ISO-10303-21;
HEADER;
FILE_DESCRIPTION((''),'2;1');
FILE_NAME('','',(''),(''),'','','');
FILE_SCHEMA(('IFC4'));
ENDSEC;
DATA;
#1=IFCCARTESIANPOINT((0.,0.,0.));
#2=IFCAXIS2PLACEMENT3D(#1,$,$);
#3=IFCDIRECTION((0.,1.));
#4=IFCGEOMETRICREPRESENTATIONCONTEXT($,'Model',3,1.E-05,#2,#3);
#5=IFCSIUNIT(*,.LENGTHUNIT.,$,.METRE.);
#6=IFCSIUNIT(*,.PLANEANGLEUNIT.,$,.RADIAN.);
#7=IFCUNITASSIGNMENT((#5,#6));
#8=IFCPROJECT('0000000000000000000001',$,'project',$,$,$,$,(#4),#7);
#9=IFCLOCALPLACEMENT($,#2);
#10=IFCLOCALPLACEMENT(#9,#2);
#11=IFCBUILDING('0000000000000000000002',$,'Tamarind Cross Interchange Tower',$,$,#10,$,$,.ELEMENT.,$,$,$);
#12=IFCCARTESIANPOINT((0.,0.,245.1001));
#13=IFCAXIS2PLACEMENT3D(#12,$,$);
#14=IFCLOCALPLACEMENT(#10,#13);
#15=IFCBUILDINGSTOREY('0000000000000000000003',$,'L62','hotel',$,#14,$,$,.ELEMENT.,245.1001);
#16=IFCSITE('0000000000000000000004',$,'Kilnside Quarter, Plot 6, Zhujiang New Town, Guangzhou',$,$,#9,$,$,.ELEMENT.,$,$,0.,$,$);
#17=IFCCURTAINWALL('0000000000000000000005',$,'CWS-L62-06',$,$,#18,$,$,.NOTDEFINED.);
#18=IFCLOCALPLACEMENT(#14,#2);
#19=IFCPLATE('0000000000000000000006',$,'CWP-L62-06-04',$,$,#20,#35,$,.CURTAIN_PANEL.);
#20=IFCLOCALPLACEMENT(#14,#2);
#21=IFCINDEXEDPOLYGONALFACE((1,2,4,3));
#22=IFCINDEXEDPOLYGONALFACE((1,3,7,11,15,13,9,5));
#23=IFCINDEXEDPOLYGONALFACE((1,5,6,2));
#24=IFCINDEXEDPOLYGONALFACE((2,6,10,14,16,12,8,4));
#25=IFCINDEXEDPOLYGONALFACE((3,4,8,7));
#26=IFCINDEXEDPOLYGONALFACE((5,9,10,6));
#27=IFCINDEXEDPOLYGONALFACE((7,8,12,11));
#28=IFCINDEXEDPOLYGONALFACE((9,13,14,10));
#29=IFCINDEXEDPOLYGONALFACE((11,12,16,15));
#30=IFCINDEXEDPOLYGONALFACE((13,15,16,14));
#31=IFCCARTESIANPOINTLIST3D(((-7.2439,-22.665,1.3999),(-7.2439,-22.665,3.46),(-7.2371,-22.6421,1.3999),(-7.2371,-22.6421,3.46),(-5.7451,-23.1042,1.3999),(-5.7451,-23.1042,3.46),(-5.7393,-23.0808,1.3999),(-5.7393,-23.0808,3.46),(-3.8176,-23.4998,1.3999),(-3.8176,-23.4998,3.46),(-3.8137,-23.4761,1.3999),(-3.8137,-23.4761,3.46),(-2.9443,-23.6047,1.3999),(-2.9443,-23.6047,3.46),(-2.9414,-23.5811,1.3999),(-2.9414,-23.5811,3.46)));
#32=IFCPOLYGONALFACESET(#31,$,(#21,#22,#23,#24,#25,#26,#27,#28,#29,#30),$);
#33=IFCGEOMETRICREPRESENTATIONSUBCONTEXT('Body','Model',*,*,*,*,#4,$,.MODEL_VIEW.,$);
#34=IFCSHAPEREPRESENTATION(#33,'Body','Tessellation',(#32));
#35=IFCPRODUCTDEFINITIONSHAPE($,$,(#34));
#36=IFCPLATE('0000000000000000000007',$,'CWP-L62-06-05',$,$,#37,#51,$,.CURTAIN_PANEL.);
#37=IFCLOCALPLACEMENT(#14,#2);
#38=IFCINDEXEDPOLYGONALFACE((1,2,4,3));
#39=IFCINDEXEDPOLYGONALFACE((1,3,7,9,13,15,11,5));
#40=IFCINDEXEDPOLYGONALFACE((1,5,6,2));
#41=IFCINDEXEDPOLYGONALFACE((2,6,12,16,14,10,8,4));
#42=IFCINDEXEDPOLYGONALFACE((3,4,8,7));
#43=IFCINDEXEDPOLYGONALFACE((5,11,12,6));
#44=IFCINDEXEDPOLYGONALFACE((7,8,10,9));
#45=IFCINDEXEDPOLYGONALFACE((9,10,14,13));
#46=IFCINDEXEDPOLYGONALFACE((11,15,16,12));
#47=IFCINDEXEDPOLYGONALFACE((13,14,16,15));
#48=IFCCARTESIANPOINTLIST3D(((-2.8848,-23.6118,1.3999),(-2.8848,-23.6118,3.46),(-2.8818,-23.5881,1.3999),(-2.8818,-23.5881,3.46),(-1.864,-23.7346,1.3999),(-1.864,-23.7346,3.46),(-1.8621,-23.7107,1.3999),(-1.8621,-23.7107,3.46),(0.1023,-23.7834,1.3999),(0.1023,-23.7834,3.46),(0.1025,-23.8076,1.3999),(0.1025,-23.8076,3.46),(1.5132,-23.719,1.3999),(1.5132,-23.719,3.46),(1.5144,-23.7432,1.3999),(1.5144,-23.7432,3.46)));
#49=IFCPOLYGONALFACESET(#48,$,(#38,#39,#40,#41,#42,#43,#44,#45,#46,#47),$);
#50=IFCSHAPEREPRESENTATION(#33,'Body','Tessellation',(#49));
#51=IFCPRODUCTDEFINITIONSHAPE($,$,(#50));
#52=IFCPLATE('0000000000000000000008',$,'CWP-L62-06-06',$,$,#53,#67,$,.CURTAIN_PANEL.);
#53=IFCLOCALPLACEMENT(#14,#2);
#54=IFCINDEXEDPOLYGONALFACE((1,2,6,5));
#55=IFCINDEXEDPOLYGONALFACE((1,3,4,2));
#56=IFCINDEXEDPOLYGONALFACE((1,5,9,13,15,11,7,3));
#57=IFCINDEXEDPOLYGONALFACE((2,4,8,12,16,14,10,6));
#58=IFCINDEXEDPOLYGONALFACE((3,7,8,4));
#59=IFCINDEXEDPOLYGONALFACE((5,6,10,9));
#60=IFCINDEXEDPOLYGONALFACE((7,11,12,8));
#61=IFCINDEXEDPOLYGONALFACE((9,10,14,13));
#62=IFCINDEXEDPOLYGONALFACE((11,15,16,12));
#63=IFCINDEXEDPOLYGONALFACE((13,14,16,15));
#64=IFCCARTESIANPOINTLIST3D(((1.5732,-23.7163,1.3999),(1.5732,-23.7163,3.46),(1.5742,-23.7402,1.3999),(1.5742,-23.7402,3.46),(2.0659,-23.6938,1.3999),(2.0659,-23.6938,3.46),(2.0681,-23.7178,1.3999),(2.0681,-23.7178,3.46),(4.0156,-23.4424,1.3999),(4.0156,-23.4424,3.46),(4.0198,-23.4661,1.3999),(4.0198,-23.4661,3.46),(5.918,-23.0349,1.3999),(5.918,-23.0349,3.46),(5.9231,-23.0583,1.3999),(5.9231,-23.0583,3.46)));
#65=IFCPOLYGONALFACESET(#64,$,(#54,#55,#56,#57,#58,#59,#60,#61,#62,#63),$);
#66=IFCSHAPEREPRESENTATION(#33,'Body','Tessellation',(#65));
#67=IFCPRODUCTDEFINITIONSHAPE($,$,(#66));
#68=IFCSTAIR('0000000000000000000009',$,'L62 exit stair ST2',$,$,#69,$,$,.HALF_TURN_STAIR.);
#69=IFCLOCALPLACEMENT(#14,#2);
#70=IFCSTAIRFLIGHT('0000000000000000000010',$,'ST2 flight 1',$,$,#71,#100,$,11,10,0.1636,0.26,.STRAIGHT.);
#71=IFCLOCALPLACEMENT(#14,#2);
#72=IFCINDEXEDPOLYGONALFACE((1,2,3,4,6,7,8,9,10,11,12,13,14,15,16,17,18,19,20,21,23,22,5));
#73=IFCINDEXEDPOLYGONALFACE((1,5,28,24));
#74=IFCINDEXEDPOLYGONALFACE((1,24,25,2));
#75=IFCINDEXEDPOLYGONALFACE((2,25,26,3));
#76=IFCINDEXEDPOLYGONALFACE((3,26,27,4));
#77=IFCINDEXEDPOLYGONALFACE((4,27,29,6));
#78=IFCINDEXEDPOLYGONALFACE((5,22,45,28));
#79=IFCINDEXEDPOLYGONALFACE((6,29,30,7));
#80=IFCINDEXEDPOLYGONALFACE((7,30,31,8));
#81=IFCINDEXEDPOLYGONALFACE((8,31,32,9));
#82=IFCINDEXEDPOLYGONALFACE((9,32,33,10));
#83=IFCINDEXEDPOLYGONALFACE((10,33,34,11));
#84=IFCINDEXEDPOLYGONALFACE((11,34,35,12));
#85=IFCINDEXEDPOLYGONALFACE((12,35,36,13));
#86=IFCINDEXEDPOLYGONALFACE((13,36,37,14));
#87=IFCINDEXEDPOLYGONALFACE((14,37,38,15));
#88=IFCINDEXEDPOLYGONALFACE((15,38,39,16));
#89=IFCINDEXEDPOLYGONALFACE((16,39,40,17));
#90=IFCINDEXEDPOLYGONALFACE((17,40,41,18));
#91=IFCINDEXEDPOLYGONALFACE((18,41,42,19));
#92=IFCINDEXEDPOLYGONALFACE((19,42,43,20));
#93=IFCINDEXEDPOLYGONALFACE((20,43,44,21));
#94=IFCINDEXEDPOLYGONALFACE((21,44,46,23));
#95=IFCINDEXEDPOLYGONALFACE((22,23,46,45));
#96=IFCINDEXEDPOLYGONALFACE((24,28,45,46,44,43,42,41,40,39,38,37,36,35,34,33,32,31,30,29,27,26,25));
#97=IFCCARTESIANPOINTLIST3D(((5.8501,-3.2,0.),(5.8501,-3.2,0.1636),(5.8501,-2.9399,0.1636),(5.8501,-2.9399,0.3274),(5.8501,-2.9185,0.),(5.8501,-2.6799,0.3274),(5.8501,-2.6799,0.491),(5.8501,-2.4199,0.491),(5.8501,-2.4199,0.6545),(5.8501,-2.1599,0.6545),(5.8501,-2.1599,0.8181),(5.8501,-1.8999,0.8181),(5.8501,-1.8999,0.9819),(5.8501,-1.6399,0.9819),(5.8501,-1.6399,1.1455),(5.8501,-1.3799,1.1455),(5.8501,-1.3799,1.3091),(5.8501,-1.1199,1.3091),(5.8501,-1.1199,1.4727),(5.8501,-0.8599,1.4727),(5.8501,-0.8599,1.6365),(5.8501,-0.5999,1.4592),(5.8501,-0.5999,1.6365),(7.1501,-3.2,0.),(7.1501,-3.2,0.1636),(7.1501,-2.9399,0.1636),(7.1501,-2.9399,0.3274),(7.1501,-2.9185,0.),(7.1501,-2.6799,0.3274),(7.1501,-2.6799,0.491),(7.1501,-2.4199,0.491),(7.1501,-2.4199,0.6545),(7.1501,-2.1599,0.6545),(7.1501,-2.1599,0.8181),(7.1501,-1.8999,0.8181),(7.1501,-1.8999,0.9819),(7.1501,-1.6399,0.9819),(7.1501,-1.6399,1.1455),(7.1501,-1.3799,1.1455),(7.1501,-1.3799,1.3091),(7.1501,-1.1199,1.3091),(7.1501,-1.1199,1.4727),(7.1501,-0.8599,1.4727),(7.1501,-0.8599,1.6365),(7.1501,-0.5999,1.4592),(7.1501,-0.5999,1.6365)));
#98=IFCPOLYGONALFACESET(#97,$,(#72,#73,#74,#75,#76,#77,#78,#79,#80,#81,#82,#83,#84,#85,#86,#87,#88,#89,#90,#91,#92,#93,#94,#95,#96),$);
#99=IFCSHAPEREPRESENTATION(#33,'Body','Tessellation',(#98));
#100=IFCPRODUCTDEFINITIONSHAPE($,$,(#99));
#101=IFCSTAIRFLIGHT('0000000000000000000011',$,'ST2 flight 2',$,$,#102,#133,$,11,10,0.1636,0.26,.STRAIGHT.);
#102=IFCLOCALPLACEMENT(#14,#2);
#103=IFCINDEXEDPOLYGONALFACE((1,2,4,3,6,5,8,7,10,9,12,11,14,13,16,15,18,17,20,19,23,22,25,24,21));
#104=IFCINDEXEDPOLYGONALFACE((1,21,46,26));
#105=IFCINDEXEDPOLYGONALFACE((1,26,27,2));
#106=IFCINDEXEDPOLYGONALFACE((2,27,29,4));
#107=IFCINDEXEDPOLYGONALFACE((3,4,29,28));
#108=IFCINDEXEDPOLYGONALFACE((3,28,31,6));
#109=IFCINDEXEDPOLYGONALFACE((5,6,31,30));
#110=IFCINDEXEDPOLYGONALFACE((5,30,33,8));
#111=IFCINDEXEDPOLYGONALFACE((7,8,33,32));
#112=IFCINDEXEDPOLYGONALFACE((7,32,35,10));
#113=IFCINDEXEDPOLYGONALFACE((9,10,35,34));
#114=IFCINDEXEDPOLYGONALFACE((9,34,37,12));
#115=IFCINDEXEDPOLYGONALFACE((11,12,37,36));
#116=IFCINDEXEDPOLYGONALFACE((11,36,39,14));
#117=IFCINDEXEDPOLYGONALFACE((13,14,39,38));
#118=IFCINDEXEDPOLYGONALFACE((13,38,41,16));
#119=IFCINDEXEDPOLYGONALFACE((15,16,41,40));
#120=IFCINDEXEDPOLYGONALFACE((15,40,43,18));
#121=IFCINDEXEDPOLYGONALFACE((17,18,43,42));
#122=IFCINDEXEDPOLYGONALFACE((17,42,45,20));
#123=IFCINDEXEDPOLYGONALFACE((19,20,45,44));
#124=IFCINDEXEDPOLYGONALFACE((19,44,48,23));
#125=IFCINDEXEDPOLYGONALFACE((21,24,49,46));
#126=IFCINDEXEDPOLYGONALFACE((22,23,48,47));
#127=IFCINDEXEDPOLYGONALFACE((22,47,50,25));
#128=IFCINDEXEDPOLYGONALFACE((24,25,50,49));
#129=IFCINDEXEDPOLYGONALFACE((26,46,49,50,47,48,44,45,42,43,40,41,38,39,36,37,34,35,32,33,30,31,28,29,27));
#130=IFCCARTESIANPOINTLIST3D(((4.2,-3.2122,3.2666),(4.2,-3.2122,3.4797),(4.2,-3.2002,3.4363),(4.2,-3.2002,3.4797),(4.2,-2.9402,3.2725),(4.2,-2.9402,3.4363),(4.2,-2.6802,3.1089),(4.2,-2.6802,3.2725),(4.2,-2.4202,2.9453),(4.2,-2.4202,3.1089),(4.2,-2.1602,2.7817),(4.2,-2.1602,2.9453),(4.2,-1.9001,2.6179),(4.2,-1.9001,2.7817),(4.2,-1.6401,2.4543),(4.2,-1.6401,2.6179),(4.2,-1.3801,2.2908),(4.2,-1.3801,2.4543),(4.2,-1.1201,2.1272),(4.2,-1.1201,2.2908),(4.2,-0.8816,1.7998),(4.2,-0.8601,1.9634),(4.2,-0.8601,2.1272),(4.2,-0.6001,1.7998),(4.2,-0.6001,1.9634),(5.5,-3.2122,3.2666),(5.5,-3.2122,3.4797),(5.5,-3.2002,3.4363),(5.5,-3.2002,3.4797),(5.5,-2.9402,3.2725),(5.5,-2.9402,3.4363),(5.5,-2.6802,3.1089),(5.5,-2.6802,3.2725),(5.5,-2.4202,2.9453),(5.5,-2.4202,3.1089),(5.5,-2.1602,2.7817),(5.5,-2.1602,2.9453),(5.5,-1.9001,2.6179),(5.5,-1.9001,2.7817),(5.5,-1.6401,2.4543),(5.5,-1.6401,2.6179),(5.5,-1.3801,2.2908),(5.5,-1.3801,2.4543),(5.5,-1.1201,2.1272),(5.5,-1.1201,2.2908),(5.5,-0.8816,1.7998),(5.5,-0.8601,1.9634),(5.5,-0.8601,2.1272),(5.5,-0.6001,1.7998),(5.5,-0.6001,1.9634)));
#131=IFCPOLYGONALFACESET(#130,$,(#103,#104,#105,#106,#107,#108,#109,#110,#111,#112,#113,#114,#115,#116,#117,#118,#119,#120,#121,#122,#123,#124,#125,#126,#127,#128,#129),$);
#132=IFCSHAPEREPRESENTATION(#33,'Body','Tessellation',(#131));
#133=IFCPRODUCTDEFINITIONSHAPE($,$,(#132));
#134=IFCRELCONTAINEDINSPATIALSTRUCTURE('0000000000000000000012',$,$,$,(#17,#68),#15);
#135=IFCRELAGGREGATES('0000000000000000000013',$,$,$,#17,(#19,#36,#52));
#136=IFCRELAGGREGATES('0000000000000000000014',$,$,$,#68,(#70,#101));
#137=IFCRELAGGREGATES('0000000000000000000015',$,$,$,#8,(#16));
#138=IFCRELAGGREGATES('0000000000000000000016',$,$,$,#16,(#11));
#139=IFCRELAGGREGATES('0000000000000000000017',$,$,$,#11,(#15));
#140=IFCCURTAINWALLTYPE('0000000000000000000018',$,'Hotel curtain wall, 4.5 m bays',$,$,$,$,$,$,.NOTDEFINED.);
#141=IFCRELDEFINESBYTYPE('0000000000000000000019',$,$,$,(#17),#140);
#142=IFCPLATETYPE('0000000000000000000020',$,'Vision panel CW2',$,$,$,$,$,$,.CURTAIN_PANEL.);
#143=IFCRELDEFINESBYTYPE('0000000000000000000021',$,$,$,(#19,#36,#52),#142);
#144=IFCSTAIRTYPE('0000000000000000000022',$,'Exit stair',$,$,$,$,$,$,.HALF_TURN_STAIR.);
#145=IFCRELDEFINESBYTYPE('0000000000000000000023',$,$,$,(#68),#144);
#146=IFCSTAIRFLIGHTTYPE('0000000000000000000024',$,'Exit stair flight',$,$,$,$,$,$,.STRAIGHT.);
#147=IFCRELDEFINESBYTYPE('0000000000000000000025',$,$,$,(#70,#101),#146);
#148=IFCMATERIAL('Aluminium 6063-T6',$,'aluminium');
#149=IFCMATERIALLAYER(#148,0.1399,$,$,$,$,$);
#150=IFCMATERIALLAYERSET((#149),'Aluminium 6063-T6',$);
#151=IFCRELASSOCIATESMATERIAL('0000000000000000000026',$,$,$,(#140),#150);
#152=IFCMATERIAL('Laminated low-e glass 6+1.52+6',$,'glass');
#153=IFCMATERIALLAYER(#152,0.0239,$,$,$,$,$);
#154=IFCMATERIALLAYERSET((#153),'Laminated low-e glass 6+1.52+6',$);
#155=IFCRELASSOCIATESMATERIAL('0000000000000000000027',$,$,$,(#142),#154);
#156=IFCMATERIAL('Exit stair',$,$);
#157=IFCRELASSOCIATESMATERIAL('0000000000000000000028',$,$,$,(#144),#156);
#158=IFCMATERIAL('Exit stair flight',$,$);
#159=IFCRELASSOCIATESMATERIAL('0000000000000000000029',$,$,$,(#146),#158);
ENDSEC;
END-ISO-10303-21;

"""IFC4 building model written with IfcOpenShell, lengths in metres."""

from ifc_helpers import new_model, si_unit, direction, frame, origin, place, context, subcontext, project, spatial, polyline, outline, extrude, material, layer, layer_set, type_object, element, aggregate, save


model = new_model("IFC4")

# Units and contexts
model_context = context("Model", 3, precision=1e-05, world=origin(), true_north=direction((0.0, 1.0)))
body_context = subcontext(model_context, "Body", "Model", "MODEL_VIEW")
ifc_project = project(units=[si_unit("LENGTHUNIT", "METRE"), si_unit("PLANEANGLEUNIT", "RADIAN")], contexts=[model_context])

# Site, building, storey
site_placement = place(None, origin())
site = spatial("IfcSite", under=ifc_project, at=site_placement, Name="Kilnside Quarter, Plot 6, Zhujiang New Town, Guangzhou", CompositionType="ELEMENT", RefElevation=0.0)
building_placement = place(site_placement, origin())
building = spatial("IfcBuilding", under=site, at=building_placement, Name="Tamarind Cross Interchange Tower", CompositionType="ELEMENT")
storey_placement = place(building_placement, frame((0.0, 0.0, 245.1001)))
storey = spatial("IfcBuildingStorey", under=building, at=storey_placement, Name="L62", Description="hotel", CompositionType="ELEMENT", Elevation=245.1001)

# Shared definitions
ifc_material_1 = material(Name="Aluminium 6063-T6", Category="aluminium")
ifc_layer_1 = layer(ifc_material_1, 0.1399)
ifc_layer_set_1 = layer_set([ifc_layer_1], Name="Aluminium 6063-T6")
curtain_wall_type = type_object("IfcCurtainWallType", Name="Hotel curtain wall, 4.5 m bays", PredefinedType="NOTDEFINED", material=ifc_layer_set_1)

# Shared definitions
ifc_material_2 = material(Name="Laminated low-e glass 6+1.52+6", Category="glass")
ifc_layer_2 = layer(ifc_material_2, 0.0239)
ifc_layer_set_2 = layer_set([ifc_layer_2], Name="Laminated low-e glass 6+1.52+6")
plate_type = type_object("IfcPlateType", Name="Vision panel CW2", PredefinedType="CURTAIN_PANEL", material=ifc_layer_set_2)

# Curtain wall, plates
curtain_wall_1_placement = place(storey_placement, origin())
curtain_wall_1 = element("IfcCurtainWall", 1, at=curtain_wall_1_placement, inside=storey, type_object=curtain_wall_type, Name="CWS-L62-06", PredefinedType="NOTDEFINED")
plate_1_placement = place(storey_placement, frame((0.0, 0.0, 1.3999)))
plate_1 = element("IfcPlate", 2, at=plate_1_placement, type_object=plate_type, Name="CWP-L62-06-04", PredefinedType="CURTAIN_PANEL", context=body_context, shape_type="SweptSolid", body=[
    extrude(outline(polyline([(-7.2371, -22.6421), (-5.7393, -23.0808), (-3.8137, -23.4761), (-2.9414, -23.5811), (-2.9443, -23.6047), (-3.8176, -23.4998), (-5.7451, -23.1042), (-7.2439, -22.665), (-7.2371, -22.6421)])), origin(), (0.0, 0.0, 1.0), 2.0601),
])
plate_2_placement = place(storey_placement, frame((0.0, 0.0, 1.3999)))
plate_2 = element("IfcPlate", 3, at=plate_2_placement, type_object=plate_type, Name="CWP-L62-06-05", PredefinedType="CURTAIN_PANEL", context=body_context, shape_type="SweptSolid", body=[
    extrude(outline(polyline([(-2.8818, -23.5881), (-1.8621, -23.7107), (0.1023, -23.7834), (1.5132, -23.719), (1.5144, -23.7432), (0.1025, -23.8076), (-1.864, -23.7346), (-2.8848, -23.6118), (-2.8818, -23.5881)])), origin(), (0.0, 0.0, 1.0), 2.0601),
])
plate_3_placement = place(storey_placement, frame((0.0, 0.0, 1.3999)))
plate_3 = element("IfcPlate", 4, at=plate_3_placement, type_object=plate_type, Name="CWP-L62-06-06", PredefinedType="CURTAIN_PANEL", context=body_context, shape_type="SweptSolid", body=[
    extrude(outline(polyline([(1.5732, -23.7163), (2.0659, -23.6938), (4.0156, -23.4424), (5.918, -23.0349), (5.9231, -23.0583), (4.0198, -23.4661), (2.0681, -23.7178), (1.5742, -23.7402), (1.5732, -23.7163)])), origin(), (0.0, 0.0, 1.0), 2.0601),
])
aggregate(curtain_wall_1, [plate_1, plate_2, plate_3])

# Stair, stair flights
ifc_material_3 = material(Name="Exit stair")
stair_type = type_object("IfcStairType", Name="Exit stair", PredefinedType="HALF_TURN_STAIR", material=ifc_material_3)
stair_placement = place(storey_placement, origin())
stair = element("IfcStair", 5, at=stair_placement, inside=storey, type_object=stair_type, Name="L62 exit stair ST2", PredefinedType="HALF_TURN_STAIR")
ifc_material_4 = material(Name="Exit stair flight")
stair_flight_type = type_object("IfcStairFlightType", Name="Exit stair flight", PredefinedType="STRAIGHT", material=ifc_material_4)
stair_flight_1_placement = place(storey_placement, frame((6.5, -3.2, 0.0), z_axis=(0.0, 0.0, 1.0), x_axis=(0.0, 1.0, 0.0)))
stair_flight_1 = element("IfcStairFlight", 6, at=stair_flight_1_placement, type_object=stair_flight_type, Name="ST2 flight 1", NumberOfRisers=11, NumberOfTreads=10, PredefinedType="STRAIGHT", RiserHeight=0.1636, TreadLength=0.26, context=body_context, shape_type="SweptSolid", body=[
    extrude(outline(polyline([(0.0, 0.0), (0.0, 0.1636), (0.26, 0.1636), (0.26, 0.3274), (0.52, 0.3274), (0.52, 0.491), (0.78, 0.491), (0.78, 0.6545), (1.04, 0.6545), (1.04, 0.8181), (1.3, 0.8181), (1.3, 0.9819), (1.5601, 0.9819), (1.5601, 1.1455), (1.8201, 1.1455), (1.8201, 1.3091), (2.0801, 1.3091), (2.0801, 1.4727), (2.3401, 1.4727), (2.3401, 1.6365), (2.6001, 1.6365), (2.6001, 1.8), (2.6001, 1.4592), (0.2815, 0.0), (0.0, 0.0)])), frame((0.0, 0.6499, 0.0), z_axis=(0.0, -1.0, 0.0), x_axis=(1.0, 0.0, 0.0)), (0.0, 0.0, 1.0), 1.3),
])
stair_flight_2_placement = place(storey_placement, frame((4.8501, -0.6001, 1.7998), z_axis=(0.0, 0.0, 1.0), x_axis=(0.0, -1.0, 0.0)))
stair_flight_2 = element("IfcStairFlight", 7, at=stair_flight_2_placement, type_object=stair_flight_type, Name="ST2 flight 2", NumberOfRisers=11, NumberOfTreads=10, PredefinedType="STRAIGHT", RiserHeight=0.1636, TreadLength=0.26, context=body_context, shape_type="SweptSolid", body=[
    extrude(outline(polyline([(0.0, 0.0), (0.0, 0.1636), (0.26, 0.1636), (0.26, 0.3274), (0.52, 0.3274), (0.52, 0.491), (0.78, 0.491), (0.78, 0.6545), (1.04, 0.6545), (1.04, 0.8181), (1.3, 0.8181), (1.3, 0.9819), (1.5601, 0.9819), (1.5601, 1.1455), (1.8201, 1.1455), (1.8201, 1.3091), (2.0801, 1.3091), (2.0801, 1.4727), (2.3401, 1.4727), (2.3401, 1.6365), (2.6001, 1.6365), (2.6001, 1.6799), (2.6121, 1.6799), (2.6121, 1.4668), (0.2815, 0.0), (0.0, 0.0)])), frame((0.0, 0.6499, 0.0), z_axis=(0.0, -1.0, 0.0), x_axis=(1.0, 0.0, 0.0)), (0.0, 0.0, 1.0), 1.3),
])
aggregate(stair, [stair_flight_1, stair_flight_2])

save(model, "model.ifc")
